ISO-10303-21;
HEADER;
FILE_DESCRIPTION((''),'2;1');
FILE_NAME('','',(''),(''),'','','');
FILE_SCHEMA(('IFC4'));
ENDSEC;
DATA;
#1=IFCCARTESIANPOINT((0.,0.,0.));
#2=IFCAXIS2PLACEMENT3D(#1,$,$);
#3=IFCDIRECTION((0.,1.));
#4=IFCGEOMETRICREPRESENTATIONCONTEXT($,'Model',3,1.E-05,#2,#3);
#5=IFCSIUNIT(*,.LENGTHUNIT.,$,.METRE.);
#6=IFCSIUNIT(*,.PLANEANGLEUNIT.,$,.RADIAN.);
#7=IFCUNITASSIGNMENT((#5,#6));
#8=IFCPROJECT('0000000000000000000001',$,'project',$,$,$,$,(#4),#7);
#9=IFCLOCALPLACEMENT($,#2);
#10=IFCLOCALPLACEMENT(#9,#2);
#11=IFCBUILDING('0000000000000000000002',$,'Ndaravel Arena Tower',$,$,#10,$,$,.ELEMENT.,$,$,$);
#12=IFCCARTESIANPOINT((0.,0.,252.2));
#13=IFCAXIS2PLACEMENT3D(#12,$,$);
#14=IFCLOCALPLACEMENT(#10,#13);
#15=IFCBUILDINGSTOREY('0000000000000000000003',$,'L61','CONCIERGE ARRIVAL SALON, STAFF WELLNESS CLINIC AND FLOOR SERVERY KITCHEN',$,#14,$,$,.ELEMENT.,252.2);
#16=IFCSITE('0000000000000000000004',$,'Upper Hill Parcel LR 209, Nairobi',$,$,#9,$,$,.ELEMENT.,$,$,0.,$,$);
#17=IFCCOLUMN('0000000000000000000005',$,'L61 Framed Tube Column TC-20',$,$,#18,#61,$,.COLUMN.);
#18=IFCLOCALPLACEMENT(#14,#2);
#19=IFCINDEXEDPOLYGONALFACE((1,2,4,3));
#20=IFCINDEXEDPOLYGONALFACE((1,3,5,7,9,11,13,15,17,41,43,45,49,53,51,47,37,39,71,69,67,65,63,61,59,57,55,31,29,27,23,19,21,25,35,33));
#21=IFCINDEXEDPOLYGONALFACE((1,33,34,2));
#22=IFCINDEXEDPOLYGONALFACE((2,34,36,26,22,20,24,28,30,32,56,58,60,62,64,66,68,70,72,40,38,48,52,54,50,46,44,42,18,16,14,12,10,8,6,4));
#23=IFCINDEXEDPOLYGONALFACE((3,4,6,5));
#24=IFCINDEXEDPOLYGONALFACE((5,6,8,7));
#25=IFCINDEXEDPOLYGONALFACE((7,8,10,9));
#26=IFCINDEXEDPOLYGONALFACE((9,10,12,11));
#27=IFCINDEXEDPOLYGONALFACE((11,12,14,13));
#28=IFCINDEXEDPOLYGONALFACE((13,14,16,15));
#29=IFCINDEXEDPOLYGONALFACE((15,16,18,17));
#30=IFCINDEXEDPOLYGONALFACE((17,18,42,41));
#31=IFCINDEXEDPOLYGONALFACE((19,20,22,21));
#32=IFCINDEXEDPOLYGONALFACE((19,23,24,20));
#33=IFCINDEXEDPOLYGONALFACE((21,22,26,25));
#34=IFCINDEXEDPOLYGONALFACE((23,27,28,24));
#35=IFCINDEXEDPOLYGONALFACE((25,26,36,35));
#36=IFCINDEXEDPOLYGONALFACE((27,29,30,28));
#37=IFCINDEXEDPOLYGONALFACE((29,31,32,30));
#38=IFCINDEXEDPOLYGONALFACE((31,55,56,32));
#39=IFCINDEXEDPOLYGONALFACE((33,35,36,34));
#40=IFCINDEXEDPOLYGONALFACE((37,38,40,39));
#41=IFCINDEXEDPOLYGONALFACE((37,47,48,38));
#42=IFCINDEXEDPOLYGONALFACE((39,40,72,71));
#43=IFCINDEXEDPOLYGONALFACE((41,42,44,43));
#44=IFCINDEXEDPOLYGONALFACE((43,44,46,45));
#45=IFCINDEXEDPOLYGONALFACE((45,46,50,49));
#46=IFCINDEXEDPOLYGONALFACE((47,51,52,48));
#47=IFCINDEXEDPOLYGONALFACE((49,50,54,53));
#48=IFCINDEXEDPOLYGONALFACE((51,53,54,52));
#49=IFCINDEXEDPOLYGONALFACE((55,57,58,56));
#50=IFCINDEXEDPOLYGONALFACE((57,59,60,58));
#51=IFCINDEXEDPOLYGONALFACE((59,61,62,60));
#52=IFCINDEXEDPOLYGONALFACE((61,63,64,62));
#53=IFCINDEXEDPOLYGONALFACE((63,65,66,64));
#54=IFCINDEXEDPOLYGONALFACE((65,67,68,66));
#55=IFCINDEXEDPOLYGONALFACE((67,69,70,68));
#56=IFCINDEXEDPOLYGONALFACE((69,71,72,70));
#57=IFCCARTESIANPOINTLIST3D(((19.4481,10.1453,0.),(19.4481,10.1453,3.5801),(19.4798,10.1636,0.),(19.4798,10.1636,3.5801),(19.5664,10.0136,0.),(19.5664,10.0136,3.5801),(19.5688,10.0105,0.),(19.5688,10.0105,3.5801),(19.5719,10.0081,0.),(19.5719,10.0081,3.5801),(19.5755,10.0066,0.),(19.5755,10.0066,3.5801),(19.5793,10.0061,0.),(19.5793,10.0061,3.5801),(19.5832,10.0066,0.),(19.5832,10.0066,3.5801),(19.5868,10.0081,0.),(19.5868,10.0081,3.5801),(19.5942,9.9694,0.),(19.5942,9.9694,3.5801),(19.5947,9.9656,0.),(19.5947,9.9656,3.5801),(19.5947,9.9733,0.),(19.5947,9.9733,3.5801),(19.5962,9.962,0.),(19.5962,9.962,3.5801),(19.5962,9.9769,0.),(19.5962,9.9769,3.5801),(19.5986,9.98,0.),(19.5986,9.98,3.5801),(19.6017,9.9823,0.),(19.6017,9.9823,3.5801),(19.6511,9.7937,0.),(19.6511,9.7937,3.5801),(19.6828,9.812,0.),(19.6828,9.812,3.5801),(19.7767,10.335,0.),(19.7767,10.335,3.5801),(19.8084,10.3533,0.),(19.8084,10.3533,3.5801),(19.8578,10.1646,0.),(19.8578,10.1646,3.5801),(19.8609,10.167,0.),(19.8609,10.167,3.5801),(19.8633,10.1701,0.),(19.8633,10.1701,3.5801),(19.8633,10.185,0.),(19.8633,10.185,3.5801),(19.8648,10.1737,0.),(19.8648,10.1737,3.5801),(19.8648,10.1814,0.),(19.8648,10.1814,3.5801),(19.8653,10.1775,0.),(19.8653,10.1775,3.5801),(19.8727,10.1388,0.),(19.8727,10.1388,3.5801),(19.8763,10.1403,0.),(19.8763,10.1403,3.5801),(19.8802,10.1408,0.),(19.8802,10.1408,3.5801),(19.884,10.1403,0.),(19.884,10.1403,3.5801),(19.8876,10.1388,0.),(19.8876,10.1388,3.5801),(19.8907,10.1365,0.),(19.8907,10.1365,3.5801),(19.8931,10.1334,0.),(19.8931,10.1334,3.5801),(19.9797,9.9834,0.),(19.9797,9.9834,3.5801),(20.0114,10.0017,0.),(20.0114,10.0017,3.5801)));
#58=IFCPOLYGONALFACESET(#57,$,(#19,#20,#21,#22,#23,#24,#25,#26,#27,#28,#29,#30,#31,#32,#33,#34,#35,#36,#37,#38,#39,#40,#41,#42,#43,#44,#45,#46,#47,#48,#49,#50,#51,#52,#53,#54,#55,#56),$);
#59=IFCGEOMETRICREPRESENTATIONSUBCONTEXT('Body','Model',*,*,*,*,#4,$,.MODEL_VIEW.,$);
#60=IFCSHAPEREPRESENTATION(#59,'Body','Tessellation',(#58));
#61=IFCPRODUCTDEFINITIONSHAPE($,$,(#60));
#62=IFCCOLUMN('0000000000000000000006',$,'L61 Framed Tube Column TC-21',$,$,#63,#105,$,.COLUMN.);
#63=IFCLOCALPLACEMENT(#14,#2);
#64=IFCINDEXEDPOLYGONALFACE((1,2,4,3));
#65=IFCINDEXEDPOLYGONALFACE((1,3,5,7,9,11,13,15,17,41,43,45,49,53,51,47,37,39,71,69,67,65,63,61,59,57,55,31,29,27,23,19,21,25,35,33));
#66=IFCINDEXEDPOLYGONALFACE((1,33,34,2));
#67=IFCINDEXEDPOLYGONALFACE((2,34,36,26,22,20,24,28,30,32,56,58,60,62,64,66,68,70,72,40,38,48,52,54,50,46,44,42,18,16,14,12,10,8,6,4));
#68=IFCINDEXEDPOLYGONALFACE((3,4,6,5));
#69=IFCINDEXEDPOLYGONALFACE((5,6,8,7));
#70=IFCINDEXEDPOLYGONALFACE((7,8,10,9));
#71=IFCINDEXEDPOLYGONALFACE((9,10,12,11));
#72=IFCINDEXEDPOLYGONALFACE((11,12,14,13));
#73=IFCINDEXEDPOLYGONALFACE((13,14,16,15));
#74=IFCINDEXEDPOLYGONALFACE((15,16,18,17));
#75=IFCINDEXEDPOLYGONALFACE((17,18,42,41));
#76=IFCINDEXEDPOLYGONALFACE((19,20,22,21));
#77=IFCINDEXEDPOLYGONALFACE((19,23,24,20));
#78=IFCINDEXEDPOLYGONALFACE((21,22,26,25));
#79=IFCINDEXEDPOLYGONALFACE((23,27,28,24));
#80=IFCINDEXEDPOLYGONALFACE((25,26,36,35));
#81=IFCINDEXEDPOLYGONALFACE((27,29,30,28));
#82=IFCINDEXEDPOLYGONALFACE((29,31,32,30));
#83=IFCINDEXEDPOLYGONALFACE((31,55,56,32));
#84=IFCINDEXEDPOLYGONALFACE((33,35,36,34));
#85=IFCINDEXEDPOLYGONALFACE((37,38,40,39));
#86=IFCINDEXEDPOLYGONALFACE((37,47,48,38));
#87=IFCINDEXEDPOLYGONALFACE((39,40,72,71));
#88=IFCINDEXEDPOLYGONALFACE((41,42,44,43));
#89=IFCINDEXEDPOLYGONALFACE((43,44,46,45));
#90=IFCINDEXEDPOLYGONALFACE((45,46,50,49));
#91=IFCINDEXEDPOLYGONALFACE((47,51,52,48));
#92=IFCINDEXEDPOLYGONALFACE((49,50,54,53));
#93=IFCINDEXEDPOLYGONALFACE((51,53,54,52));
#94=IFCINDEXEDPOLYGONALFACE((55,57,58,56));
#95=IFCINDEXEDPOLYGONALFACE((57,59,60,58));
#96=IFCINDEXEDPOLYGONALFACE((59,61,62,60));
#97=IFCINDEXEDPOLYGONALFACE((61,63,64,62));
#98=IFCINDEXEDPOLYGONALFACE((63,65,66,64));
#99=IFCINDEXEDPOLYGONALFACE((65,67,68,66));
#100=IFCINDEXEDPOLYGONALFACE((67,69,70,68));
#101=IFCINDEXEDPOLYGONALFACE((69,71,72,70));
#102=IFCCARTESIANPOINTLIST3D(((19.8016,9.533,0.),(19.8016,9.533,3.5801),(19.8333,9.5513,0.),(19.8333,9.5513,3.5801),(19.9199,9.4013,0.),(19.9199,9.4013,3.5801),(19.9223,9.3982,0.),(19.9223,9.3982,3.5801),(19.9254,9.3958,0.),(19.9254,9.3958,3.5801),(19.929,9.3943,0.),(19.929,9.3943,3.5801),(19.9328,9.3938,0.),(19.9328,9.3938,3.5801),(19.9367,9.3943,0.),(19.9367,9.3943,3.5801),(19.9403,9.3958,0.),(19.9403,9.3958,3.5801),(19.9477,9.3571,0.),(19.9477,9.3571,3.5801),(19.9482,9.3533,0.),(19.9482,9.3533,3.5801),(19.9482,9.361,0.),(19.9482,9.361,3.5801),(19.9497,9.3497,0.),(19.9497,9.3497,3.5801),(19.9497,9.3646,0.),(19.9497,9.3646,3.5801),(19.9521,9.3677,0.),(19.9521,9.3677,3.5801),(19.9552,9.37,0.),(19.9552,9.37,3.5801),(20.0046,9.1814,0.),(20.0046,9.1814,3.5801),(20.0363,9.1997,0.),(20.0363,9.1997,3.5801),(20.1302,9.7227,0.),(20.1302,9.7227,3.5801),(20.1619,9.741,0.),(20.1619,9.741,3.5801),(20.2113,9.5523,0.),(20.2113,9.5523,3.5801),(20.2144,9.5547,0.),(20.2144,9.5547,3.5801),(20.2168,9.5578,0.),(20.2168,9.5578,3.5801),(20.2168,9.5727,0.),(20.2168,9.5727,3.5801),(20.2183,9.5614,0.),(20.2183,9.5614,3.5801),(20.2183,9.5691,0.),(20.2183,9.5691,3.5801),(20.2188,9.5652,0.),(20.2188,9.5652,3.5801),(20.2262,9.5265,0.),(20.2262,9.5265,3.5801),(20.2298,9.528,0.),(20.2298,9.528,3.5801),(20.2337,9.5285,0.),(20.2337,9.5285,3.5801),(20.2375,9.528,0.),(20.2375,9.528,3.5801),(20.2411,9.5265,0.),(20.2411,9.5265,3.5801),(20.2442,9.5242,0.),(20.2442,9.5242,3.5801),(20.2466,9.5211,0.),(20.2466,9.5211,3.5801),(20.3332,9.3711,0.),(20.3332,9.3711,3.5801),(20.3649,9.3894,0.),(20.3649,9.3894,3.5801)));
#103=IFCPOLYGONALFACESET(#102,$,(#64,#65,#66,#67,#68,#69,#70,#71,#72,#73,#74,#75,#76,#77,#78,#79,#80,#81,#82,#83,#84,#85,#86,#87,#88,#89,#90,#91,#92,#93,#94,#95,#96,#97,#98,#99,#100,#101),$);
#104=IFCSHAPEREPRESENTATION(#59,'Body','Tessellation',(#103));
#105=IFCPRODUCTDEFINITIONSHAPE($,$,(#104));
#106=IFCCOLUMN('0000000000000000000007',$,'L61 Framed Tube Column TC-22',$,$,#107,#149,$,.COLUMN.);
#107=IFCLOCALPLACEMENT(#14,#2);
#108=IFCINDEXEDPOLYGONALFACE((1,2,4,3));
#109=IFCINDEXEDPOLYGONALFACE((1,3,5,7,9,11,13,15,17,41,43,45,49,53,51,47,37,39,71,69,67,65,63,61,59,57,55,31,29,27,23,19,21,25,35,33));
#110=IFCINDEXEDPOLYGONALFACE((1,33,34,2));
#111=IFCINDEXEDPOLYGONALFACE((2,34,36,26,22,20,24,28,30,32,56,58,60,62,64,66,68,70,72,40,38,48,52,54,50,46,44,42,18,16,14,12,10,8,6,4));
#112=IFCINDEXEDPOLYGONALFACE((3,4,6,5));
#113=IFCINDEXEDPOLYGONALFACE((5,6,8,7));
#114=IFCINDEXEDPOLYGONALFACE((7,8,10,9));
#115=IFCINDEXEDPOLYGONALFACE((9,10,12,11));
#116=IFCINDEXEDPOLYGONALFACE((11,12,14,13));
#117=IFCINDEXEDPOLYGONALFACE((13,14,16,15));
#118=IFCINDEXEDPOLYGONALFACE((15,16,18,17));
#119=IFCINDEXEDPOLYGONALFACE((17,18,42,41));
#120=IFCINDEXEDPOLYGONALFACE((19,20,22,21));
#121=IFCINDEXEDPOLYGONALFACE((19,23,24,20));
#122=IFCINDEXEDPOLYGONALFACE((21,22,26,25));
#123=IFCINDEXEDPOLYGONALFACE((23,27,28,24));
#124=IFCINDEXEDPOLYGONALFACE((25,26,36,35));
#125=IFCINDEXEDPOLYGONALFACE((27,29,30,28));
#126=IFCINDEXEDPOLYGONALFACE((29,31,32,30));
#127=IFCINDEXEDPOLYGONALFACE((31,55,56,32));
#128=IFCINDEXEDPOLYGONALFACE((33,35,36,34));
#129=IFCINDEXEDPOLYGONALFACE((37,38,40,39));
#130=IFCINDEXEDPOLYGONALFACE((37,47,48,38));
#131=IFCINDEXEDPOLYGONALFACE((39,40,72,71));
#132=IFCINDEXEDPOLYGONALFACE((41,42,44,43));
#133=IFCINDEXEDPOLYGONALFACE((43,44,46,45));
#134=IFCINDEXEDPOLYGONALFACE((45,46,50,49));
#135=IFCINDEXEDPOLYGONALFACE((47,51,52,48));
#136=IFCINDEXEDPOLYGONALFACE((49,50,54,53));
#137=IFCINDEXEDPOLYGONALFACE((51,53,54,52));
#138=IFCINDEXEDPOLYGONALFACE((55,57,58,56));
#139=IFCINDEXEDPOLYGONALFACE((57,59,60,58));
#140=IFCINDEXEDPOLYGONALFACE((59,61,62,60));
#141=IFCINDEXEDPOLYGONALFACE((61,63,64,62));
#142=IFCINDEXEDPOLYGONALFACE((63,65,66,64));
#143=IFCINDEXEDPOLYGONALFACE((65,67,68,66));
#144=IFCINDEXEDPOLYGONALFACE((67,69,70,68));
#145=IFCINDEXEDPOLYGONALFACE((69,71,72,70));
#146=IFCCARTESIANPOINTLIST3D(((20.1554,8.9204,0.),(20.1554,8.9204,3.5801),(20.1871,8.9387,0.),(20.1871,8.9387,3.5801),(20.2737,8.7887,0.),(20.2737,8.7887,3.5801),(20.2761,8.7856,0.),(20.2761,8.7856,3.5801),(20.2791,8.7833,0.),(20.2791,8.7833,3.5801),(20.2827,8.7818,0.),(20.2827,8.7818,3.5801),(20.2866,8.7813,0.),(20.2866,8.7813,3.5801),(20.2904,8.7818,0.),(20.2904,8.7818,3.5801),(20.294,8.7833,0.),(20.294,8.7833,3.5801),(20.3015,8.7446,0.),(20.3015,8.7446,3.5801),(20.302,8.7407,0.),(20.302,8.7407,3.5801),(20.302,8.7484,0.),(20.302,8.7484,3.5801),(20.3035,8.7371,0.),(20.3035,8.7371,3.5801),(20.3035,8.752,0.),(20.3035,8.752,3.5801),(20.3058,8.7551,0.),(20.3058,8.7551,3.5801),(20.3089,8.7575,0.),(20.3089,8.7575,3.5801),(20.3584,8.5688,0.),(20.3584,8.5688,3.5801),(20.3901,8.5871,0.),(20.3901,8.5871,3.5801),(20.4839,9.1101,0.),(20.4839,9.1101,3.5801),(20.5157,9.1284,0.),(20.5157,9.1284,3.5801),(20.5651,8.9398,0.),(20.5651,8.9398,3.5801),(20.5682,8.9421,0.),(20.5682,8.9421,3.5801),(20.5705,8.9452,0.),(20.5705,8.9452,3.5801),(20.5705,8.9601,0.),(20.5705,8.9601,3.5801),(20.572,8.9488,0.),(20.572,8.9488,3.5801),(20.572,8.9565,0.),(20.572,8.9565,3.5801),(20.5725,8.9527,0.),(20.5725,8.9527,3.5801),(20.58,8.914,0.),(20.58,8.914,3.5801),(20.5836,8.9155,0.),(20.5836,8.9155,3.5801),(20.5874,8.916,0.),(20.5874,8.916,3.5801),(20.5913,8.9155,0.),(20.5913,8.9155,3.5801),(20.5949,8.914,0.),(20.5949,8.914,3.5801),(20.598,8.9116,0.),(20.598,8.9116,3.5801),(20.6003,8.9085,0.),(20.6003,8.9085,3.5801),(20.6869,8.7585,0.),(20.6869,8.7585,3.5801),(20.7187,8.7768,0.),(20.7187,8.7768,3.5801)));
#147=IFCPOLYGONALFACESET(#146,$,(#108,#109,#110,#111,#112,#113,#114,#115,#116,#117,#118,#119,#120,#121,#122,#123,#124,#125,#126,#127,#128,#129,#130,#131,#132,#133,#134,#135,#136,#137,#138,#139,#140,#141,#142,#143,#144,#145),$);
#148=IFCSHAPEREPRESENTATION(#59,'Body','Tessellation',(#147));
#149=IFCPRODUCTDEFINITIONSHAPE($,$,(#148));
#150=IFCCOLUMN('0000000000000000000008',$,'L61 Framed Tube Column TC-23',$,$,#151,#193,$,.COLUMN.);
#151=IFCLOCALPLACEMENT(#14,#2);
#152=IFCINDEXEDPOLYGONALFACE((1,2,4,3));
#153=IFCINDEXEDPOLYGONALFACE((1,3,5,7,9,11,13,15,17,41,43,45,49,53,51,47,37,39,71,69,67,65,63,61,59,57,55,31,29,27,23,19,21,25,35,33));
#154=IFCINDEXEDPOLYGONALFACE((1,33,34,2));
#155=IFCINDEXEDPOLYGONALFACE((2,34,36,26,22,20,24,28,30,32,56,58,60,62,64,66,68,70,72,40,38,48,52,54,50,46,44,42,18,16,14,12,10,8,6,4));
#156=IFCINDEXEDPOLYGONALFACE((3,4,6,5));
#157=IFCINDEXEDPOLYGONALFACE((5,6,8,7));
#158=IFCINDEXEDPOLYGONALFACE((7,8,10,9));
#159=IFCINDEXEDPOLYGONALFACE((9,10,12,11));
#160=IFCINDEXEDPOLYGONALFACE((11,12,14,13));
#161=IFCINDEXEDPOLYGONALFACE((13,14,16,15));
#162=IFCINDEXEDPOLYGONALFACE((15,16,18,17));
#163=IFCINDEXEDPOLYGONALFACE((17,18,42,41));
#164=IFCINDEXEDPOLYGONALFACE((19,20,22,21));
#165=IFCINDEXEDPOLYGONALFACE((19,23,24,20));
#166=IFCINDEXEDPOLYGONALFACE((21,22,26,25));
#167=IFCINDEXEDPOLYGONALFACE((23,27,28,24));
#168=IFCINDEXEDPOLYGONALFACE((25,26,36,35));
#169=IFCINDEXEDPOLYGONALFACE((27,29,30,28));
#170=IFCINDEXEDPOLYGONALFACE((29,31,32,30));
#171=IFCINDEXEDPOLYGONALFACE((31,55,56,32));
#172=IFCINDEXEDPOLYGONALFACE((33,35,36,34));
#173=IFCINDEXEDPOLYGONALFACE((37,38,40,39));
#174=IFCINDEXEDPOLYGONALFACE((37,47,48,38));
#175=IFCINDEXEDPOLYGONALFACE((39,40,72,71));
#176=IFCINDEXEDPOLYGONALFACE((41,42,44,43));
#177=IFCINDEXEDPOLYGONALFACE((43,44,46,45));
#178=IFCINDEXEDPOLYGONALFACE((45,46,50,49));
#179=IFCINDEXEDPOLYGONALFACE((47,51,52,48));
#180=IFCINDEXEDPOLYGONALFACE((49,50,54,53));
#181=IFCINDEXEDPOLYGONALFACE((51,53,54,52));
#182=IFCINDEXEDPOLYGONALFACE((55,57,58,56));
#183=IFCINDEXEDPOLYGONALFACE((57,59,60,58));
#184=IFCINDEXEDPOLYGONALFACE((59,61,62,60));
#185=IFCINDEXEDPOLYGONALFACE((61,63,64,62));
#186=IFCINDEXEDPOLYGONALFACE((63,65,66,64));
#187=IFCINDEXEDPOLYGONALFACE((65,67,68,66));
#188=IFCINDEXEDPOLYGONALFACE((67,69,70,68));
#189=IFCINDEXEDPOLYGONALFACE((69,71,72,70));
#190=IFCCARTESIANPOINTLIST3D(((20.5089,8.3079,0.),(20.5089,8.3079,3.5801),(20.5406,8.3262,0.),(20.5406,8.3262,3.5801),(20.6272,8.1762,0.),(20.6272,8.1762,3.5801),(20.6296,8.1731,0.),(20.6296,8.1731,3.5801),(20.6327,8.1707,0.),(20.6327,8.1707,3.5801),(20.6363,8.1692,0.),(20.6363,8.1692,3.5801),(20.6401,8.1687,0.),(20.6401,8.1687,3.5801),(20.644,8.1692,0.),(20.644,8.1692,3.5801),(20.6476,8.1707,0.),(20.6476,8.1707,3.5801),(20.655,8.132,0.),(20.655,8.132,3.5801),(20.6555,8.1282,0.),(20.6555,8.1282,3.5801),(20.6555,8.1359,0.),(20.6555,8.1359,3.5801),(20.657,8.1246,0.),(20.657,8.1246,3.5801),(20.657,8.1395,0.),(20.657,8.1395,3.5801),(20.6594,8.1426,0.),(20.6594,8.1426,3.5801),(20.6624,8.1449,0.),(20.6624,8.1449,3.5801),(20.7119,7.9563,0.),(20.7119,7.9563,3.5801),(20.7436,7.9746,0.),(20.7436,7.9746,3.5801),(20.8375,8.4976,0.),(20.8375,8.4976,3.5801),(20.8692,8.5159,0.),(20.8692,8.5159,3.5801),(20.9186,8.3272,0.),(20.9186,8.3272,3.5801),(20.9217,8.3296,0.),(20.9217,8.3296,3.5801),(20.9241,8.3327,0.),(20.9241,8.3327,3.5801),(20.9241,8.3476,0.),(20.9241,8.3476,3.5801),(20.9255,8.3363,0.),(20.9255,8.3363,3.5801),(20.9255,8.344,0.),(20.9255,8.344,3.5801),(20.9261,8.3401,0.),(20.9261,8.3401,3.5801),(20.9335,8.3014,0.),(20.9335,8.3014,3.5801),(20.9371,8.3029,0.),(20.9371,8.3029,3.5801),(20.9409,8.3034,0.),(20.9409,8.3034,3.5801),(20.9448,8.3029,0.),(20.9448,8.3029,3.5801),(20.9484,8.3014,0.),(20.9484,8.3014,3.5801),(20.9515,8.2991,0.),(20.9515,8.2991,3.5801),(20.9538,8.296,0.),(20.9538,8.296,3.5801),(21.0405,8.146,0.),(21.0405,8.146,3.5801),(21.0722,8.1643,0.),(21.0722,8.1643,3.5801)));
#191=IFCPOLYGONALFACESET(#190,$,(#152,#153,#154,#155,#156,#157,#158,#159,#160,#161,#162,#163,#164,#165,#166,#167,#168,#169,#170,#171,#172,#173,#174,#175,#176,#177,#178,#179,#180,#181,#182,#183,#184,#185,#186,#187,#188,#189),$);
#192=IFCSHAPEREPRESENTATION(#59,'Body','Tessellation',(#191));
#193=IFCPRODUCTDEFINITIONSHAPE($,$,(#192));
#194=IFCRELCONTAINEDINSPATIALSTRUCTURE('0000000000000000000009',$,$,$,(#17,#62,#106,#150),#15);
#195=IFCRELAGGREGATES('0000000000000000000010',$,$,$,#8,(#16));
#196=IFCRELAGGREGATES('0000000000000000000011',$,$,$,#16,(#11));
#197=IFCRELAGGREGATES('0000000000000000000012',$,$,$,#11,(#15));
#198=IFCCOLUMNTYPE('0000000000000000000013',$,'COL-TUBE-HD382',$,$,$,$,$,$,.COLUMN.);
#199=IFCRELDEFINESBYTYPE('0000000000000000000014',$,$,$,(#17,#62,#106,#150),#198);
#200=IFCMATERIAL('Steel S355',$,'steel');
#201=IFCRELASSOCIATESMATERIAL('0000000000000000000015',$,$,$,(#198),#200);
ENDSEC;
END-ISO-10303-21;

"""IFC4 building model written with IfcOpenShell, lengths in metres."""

from ifc_helpers import new_model, si_unit, direction, frame, origin, origin_2d, place, context, subcontext, project, spatial, i_section, extrude, material, material_profile, profile_set, type_object, element, save


model = new_model("IFC4")

# Units and contexts
model_context = context("Model", 3, precision=1e-05, world=origin(), true_north=direction((0.0, 1.0)))
body_context = subcontext(model_context, "Body", "Model", "MODEL_VIEW")
ifc_project = project(units=[si_unit("LENGTHUNIT", "METRE"), si_unit("PLANEANGLEUNIT", "RADIAN")], contexts=[model_context])

# Site, building, storey
site_placement = place(None, origin())
site = spatial("IfcSite", under=ifc_project, at=site_placement, Name="Upper Hill Parcel LR 209, Nairobi", CompositionType="ELEMENT", RefElevation=0.0)
building_placement = place(site_placement, origin())
building = spatial("IfcBuilding", under=site, at=building_placement, Name="Ndaravel Arena Tower", CompositionType="ELEMENT")
storey_placement = place(building_placement, frame((0.0, 0.0, 252.2)))
storey = spatial("IfcBuildingStorey", under=building, at=storey_placement, Name="L61", Description="CONCIERGE ARRIVAL SALON, STAFF WELLNESS CLINIC AND FLOOR SERVERY KITCHEN", CompositionType="ELEMENT", Elevation=252.2)

# Columns
ifc_material_1 = material(Name="Steel S355", Category="steel")
ifc_material_profile_1 = material_profile(ifc_material_1, i_section(OverallWidth=0.406, OverallDepth=0.416, WebThickness=0.0298, FlangeThickness=0.0366, FilletRadius=0.0149, at=origin_2d()), Name="HD 400x382")
ifc_profile_set_1 = profile_set([ifc_material_profile_1], Name="Steel S355")
column_type = type_object("IfcColumnType", Name="COL-TUBE-HD382", PredefinedType="COLUMN", material=ifc_profile_set_1)
for number, where, z_axis, x_axis, name in (
    (1, (19.7297, 10.0735, 0.0), (0.0, 0.0, 1.0), (-0.5, 0.866025, 0.0), "L61 Framed Tube Column TC-20"),
    (2, (20.0833, 9.4612, 0.0), (0.0, 0.0, 1.0), (-0.5, 0.866025, 0.0), "L61 Framed Tube Column TC-21"),
    (3, (20.437, 8.8486, 0.0), (0.0, 0.0, 1.0), (-0.5, 0.866025, 0.0), "L61 Framed Tube Column TC-22"),
    (4, (20.7905, 8.2361, 0.0), (0.0, 0.0, 1.0), (-0.5, 0.866025, 0.0), "L61 Framed Tube Column TC-23"),
):
    element("IfcColumn", number, at=place(storey_placement, frame(where, z_axis=z_axis, x_axis=x_axis)), inside=storey, type_object=column_type, Name=name, PredefinedType="COLUMN", context=body_context, shape_type="SweptSolid", body=[
        extrude(i_section(OverallWidth=0.406, OverallDepth=0.416, WebThickness=0.0298, FlangeThickness=0.0366, FilletRadius=0.0149, at=origin_2d()), origin(), (0.0, 0.0, 1.0), 3.5801),
    ])

save(model, "model.ifc")
